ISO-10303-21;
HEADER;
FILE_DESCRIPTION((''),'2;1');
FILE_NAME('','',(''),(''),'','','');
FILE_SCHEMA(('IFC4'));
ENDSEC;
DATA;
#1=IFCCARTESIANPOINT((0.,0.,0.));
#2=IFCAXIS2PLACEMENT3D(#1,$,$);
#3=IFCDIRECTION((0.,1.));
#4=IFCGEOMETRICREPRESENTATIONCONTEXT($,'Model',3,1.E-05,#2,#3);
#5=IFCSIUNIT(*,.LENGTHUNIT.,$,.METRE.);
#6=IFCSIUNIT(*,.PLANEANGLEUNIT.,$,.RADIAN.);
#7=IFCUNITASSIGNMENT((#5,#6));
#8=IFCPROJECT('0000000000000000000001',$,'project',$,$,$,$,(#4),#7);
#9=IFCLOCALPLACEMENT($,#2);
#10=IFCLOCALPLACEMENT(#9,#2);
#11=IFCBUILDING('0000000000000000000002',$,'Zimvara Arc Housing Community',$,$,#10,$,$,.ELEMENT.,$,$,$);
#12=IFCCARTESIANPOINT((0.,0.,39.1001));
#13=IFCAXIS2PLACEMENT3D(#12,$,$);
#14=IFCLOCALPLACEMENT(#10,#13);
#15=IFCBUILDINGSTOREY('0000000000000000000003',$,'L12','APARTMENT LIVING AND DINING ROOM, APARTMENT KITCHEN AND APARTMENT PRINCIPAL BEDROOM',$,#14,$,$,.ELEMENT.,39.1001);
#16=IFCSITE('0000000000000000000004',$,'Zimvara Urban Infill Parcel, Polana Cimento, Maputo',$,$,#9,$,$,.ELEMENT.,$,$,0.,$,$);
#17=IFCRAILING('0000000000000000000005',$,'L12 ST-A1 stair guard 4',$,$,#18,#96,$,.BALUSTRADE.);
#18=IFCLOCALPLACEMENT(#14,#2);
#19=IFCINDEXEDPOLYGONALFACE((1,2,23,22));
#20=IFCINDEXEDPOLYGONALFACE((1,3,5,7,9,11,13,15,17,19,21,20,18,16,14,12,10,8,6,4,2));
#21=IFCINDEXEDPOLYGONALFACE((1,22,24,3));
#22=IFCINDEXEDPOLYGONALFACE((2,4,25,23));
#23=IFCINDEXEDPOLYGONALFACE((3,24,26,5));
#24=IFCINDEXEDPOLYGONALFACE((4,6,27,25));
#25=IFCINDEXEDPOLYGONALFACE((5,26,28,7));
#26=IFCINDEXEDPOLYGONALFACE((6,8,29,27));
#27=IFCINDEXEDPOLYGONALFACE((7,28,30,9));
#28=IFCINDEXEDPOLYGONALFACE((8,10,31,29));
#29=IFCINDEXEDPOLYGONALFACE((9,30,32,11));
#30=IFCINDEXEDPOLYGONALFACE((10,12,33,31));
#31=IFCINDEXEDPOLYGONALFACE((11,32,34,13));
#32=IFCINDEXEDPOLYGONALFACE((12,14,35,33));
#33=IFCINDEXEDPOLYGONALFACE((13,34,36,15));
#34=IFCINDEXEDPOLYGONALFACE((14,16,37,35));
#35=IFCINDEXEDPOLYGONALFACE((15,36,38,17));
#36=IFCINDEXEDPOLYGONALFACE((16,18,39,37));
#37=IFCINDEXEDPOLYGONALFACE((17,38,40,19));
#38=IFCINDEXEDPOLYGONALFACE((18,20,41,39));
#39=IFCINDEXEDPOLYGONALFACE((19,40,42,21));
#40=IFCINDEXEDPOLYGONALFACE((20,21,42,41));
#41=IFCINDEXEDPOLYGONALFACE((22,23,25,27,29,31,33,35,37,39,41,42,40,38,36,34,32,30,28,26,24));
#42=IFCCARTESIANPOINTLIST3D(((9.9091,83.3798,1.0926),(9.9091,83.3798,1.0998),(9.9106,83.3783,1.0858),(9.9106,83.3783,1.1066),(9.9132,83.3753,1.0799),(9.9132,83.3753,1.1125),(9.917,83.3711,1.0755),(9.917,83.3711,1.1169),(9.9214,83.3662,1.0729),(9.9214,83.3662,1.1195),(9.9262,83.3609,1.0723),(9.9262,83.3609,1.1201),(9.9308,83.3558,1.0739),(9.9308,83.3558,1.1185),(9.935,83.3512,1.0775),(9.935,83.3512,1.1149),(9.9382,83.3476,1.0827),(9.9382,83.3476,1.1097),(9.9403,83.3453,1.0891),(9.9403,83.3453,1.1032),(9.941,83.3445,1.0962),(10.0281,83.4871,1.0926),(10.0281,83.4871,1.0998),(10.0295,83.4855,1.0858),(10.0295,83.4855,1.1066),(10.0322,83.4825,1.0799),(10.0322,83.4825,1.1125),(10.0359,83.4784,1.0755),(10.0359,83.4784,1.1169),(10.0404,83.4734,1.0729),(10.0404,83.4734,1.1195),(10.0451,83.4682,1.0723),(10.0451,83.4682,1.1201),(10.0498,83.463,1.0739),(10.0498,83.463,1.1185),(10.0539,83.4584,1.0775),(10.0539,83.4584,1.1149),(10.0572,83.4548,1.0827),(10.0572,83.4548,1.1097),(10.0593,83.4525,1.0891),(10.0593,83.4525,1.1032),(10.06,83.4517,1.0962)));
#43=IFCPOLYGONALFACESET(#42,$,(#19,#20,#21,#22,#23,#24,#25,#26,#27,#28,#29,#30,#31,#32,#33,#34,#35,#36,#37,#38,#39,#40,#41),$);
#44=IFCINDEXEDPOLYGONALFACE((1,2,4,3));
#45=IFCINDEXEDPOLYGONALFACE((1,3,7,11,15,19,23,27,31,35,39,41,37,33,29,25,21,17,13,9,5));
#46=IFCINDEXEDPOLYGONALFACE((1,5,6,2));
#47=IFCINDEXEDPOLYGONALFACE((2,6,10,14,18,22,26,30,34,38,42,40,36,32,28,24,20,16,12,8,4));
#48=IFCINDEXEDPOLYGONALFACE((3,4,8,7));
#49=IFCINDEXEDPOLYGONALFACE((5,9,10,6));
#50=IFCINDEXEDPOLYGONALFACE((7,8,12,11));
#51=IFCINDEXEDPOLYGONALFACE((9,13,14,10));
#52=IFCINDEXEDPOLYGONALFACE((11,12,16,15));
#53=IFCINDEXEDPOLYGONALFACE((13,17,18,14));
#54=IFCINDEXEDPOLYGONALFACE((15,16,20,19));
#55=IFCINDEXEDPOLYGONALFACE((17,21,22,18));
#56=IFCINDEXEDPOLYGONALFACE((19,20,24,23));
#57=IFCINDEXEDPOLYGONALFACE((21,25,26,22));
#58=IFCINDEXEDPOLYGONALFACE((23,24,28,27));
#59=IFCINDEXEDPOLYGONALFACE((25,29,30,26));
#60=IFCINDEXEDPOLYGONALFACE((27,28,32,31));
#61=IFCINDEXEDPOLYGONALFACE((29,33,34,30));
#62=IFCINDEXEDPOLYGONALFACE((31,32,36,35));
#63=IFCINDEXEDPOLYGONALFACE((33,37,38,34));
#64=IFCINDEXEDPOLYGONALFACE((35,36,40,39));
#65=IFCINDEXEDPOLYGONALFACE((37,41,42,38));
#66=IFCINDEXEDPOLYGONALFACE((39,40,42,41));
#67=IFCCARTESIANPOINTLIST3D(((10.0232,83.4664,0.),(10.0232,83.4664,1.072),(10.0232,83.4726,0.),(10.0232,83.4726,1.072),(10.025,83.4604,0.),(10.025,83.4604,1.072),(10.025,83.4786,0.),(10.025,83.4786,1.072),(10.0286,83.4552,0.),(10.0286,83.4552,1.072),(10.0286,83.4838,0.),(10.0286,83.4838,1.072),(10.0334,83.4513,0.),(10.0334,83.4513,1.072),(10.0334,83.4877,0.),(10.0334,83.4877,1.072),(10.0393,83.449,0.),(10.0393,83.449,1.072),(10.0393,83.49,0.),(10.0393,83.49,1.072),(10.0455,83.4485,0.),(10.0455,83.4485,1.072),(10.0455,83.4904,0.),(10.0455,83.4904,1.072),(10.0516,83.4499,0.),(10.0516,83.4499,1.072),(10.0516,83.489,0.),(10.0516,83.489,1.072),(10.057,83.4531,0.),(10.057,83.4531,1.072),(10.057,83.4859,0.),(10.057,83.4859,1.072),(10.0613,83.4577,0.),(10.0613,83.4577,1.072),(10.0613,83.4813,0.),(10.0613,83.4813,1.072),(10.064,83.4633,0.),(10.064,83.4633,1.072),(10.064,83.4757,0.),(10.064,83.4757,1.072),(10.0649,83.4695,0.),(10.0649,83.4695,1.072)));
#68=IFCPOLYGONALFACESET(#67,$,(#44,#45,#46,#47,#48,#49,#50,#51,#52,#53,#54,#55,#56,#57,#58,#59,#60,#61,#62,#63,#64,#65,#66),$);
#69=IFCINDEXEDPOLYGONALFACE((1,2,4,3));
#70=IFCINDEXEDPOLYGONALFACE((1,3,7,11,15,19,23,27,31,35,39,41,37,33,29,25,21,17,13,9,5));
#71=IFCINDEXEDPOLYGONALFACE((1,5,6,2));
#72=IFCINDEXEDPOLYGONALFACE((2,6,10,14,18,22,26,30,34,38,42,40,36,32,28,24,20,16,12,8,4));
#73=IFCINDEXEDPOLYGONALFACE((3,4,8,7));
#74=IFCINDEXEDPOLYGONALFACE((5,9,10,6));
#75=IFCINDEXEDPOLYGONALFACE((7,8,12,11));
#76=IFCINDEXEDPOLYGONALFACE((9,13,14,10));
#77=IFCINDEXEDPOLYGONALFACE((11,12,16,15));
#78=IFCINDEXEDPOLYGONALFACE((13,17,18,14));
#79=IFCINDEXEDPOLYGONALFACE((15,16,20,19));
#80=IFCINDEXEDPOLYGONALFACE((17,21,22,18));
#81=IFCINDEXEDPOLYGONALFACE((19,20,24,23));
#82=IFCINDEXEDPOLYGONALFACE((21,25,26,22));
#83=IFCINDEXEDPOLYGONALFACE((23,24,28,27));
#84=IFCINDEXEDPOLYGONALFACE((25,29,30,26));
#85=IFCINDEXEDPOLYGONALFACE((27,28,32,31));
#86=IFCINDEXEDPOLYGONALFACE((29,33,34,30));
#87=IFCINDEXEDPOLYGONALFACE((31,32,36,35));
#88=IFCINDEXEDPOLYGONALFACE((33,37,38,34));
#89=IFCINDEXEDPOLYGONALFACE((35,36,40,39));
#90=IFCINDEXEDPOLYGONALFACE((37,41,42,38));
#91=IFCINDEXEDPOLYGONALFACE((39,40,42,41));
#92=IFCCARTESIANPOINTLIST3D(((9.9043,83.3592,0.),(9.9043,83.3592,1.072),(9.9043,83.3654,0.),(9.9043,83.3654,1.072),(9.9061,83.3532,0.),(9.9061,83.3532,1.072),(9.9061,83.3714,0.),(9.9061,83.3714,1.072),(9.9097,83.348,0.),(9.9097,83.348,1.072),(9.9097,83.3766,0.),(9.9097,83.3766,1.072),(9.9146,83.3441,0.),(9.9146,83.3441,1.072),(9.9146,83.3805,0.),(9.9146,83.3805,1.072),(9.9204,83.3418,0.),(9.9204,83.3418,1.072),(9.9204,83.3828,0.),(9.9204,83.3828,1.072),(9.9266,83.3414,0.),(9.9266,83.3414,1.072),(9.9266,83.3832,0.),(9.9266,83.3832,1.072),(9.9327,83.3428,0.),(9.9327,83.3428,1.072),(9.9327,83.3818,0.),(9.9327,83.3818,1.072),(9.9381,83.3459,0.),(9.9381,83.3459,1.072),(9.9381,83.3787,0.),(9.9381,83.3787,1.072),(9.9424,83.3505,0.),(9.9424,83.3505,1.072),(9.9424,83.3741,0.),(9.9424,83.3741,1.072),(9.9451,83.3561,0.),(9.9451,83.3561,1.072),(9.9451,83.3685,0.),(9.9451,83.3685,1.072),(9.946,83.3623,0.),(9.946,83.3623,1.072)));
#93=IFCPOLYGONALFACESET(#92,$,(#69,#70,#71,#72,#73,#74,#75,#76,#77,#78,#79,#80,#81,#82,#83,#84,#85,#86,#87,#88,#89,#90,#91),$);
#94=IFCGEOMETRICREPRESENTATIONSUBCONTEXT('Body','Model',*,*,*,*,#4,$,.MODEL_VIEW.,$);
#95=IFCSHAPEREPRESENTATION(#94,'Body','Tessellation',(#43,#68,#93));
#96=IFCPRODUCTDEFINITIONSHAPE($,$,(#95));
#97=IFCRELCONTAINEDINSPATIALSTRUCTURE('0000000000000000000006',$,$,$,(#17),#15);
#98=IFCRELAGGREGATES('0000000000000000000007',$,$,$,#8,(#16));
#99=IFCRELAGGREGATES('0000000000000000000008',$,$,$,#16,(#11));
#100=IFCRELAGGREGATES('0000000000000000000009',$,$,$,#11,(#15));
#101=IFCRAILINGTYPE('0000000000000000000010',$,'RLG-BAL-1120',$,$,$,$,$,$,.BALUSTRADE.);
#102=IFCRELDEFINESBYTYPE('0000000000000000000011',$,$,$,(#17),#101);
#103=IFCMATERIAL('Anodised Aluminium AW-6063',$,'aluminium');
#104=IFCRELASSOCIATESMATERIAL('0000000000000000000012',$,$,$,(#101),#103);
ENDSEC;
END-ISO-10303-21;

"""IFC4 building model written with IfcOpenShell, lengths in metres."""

from ifc_helpers import new_model, si_unit, direction, frame, origin, origin_2d, place, context, subcontext, project, spatial, circle, extrude, material, type_object, element, save


model = new_model("IFC4")

# Units and contexts
model_context = context("Model", 3, precision=1e-05, world=origin(), true_north=direction((0.0, 1.0)))
body_context = subcontext(model_context, "Body", "Model", "MODEL_VIEW")
ifc_project = project(units=[si_unit("LENGTHUNIT", "METRE"), si_unit("PLANEANGLEUNIT", "RADIAN")], contexts=[model_context])

# Site, building, storey
site_placement = place(None, origin())
site = spatial("IfcSite", under=ifc_project, at=site_placement, Name="Zimvara Urban Infill Parcel, Polana Cimento, Maputo", CompositionType="ELEMENT", RefElevation=0.0)
building_placement = place(site_placement, origin())
building = spatial("IfcBuilding", under=site, at=building_placement, Name="Zimvara Arc Housing Community", CompositionType="ELEMENT")
storey_placement = place(building_placement, frame((0.0, 0.0, 39.1001)))
storey = spatial("IfcBuildingStorey", under=building, at=storey_placement, Name="L12", Description="APARTMENT LIVING AND DINING ROOM, APARTMENT KITCHEN AND APARTMENT PRINCIPAL BEDROOM", CompositionType="ELEMENT", Elevation=39.1001)

# Railing
ifc_material_1 = material(Name="Anodised Aluminium AW-6063", Category="aluminium")
railing_type_1 = type_object("IfcRailingType", Name="RLG-BAL-1120", PredefinedType="BALUSTRADE", material=ifc_material_1)
railing_1_placement = place(storey_placement, frame((10.0439, 83.4695, 0.0)))
element("IfcRailing", 1, at=railing_1_placement, inside=storey, type_object=railing_type_1, Name="L12 ST-A1 stair guard 4", PredefinedType="BALUSTRADE", context=body_context, shape_type="SweptSolid", body=[
    extrude(circle(Radius=0.0239, at=origin_2d()), frame((0.0, 0.0, 1.0962), z_axis=(-0.742763, -0.669554, 0.0), x_axis=(0.669554, -0.742763, 0.0)), (0.0, 0.0, 1.0), 0.1602),
    extrude(circle(Radius=0.021, at=origin_2d()), origin(), (0.0, 0.0, 1.0), 1.072),
    extrude(circle(Radius=0.021, at=origin_2d()), frame((-0.1189, -0.1072, 0.0)), (0.0, 0.0, 1.0), 1.072),
])

save(model, "model.ifc")
